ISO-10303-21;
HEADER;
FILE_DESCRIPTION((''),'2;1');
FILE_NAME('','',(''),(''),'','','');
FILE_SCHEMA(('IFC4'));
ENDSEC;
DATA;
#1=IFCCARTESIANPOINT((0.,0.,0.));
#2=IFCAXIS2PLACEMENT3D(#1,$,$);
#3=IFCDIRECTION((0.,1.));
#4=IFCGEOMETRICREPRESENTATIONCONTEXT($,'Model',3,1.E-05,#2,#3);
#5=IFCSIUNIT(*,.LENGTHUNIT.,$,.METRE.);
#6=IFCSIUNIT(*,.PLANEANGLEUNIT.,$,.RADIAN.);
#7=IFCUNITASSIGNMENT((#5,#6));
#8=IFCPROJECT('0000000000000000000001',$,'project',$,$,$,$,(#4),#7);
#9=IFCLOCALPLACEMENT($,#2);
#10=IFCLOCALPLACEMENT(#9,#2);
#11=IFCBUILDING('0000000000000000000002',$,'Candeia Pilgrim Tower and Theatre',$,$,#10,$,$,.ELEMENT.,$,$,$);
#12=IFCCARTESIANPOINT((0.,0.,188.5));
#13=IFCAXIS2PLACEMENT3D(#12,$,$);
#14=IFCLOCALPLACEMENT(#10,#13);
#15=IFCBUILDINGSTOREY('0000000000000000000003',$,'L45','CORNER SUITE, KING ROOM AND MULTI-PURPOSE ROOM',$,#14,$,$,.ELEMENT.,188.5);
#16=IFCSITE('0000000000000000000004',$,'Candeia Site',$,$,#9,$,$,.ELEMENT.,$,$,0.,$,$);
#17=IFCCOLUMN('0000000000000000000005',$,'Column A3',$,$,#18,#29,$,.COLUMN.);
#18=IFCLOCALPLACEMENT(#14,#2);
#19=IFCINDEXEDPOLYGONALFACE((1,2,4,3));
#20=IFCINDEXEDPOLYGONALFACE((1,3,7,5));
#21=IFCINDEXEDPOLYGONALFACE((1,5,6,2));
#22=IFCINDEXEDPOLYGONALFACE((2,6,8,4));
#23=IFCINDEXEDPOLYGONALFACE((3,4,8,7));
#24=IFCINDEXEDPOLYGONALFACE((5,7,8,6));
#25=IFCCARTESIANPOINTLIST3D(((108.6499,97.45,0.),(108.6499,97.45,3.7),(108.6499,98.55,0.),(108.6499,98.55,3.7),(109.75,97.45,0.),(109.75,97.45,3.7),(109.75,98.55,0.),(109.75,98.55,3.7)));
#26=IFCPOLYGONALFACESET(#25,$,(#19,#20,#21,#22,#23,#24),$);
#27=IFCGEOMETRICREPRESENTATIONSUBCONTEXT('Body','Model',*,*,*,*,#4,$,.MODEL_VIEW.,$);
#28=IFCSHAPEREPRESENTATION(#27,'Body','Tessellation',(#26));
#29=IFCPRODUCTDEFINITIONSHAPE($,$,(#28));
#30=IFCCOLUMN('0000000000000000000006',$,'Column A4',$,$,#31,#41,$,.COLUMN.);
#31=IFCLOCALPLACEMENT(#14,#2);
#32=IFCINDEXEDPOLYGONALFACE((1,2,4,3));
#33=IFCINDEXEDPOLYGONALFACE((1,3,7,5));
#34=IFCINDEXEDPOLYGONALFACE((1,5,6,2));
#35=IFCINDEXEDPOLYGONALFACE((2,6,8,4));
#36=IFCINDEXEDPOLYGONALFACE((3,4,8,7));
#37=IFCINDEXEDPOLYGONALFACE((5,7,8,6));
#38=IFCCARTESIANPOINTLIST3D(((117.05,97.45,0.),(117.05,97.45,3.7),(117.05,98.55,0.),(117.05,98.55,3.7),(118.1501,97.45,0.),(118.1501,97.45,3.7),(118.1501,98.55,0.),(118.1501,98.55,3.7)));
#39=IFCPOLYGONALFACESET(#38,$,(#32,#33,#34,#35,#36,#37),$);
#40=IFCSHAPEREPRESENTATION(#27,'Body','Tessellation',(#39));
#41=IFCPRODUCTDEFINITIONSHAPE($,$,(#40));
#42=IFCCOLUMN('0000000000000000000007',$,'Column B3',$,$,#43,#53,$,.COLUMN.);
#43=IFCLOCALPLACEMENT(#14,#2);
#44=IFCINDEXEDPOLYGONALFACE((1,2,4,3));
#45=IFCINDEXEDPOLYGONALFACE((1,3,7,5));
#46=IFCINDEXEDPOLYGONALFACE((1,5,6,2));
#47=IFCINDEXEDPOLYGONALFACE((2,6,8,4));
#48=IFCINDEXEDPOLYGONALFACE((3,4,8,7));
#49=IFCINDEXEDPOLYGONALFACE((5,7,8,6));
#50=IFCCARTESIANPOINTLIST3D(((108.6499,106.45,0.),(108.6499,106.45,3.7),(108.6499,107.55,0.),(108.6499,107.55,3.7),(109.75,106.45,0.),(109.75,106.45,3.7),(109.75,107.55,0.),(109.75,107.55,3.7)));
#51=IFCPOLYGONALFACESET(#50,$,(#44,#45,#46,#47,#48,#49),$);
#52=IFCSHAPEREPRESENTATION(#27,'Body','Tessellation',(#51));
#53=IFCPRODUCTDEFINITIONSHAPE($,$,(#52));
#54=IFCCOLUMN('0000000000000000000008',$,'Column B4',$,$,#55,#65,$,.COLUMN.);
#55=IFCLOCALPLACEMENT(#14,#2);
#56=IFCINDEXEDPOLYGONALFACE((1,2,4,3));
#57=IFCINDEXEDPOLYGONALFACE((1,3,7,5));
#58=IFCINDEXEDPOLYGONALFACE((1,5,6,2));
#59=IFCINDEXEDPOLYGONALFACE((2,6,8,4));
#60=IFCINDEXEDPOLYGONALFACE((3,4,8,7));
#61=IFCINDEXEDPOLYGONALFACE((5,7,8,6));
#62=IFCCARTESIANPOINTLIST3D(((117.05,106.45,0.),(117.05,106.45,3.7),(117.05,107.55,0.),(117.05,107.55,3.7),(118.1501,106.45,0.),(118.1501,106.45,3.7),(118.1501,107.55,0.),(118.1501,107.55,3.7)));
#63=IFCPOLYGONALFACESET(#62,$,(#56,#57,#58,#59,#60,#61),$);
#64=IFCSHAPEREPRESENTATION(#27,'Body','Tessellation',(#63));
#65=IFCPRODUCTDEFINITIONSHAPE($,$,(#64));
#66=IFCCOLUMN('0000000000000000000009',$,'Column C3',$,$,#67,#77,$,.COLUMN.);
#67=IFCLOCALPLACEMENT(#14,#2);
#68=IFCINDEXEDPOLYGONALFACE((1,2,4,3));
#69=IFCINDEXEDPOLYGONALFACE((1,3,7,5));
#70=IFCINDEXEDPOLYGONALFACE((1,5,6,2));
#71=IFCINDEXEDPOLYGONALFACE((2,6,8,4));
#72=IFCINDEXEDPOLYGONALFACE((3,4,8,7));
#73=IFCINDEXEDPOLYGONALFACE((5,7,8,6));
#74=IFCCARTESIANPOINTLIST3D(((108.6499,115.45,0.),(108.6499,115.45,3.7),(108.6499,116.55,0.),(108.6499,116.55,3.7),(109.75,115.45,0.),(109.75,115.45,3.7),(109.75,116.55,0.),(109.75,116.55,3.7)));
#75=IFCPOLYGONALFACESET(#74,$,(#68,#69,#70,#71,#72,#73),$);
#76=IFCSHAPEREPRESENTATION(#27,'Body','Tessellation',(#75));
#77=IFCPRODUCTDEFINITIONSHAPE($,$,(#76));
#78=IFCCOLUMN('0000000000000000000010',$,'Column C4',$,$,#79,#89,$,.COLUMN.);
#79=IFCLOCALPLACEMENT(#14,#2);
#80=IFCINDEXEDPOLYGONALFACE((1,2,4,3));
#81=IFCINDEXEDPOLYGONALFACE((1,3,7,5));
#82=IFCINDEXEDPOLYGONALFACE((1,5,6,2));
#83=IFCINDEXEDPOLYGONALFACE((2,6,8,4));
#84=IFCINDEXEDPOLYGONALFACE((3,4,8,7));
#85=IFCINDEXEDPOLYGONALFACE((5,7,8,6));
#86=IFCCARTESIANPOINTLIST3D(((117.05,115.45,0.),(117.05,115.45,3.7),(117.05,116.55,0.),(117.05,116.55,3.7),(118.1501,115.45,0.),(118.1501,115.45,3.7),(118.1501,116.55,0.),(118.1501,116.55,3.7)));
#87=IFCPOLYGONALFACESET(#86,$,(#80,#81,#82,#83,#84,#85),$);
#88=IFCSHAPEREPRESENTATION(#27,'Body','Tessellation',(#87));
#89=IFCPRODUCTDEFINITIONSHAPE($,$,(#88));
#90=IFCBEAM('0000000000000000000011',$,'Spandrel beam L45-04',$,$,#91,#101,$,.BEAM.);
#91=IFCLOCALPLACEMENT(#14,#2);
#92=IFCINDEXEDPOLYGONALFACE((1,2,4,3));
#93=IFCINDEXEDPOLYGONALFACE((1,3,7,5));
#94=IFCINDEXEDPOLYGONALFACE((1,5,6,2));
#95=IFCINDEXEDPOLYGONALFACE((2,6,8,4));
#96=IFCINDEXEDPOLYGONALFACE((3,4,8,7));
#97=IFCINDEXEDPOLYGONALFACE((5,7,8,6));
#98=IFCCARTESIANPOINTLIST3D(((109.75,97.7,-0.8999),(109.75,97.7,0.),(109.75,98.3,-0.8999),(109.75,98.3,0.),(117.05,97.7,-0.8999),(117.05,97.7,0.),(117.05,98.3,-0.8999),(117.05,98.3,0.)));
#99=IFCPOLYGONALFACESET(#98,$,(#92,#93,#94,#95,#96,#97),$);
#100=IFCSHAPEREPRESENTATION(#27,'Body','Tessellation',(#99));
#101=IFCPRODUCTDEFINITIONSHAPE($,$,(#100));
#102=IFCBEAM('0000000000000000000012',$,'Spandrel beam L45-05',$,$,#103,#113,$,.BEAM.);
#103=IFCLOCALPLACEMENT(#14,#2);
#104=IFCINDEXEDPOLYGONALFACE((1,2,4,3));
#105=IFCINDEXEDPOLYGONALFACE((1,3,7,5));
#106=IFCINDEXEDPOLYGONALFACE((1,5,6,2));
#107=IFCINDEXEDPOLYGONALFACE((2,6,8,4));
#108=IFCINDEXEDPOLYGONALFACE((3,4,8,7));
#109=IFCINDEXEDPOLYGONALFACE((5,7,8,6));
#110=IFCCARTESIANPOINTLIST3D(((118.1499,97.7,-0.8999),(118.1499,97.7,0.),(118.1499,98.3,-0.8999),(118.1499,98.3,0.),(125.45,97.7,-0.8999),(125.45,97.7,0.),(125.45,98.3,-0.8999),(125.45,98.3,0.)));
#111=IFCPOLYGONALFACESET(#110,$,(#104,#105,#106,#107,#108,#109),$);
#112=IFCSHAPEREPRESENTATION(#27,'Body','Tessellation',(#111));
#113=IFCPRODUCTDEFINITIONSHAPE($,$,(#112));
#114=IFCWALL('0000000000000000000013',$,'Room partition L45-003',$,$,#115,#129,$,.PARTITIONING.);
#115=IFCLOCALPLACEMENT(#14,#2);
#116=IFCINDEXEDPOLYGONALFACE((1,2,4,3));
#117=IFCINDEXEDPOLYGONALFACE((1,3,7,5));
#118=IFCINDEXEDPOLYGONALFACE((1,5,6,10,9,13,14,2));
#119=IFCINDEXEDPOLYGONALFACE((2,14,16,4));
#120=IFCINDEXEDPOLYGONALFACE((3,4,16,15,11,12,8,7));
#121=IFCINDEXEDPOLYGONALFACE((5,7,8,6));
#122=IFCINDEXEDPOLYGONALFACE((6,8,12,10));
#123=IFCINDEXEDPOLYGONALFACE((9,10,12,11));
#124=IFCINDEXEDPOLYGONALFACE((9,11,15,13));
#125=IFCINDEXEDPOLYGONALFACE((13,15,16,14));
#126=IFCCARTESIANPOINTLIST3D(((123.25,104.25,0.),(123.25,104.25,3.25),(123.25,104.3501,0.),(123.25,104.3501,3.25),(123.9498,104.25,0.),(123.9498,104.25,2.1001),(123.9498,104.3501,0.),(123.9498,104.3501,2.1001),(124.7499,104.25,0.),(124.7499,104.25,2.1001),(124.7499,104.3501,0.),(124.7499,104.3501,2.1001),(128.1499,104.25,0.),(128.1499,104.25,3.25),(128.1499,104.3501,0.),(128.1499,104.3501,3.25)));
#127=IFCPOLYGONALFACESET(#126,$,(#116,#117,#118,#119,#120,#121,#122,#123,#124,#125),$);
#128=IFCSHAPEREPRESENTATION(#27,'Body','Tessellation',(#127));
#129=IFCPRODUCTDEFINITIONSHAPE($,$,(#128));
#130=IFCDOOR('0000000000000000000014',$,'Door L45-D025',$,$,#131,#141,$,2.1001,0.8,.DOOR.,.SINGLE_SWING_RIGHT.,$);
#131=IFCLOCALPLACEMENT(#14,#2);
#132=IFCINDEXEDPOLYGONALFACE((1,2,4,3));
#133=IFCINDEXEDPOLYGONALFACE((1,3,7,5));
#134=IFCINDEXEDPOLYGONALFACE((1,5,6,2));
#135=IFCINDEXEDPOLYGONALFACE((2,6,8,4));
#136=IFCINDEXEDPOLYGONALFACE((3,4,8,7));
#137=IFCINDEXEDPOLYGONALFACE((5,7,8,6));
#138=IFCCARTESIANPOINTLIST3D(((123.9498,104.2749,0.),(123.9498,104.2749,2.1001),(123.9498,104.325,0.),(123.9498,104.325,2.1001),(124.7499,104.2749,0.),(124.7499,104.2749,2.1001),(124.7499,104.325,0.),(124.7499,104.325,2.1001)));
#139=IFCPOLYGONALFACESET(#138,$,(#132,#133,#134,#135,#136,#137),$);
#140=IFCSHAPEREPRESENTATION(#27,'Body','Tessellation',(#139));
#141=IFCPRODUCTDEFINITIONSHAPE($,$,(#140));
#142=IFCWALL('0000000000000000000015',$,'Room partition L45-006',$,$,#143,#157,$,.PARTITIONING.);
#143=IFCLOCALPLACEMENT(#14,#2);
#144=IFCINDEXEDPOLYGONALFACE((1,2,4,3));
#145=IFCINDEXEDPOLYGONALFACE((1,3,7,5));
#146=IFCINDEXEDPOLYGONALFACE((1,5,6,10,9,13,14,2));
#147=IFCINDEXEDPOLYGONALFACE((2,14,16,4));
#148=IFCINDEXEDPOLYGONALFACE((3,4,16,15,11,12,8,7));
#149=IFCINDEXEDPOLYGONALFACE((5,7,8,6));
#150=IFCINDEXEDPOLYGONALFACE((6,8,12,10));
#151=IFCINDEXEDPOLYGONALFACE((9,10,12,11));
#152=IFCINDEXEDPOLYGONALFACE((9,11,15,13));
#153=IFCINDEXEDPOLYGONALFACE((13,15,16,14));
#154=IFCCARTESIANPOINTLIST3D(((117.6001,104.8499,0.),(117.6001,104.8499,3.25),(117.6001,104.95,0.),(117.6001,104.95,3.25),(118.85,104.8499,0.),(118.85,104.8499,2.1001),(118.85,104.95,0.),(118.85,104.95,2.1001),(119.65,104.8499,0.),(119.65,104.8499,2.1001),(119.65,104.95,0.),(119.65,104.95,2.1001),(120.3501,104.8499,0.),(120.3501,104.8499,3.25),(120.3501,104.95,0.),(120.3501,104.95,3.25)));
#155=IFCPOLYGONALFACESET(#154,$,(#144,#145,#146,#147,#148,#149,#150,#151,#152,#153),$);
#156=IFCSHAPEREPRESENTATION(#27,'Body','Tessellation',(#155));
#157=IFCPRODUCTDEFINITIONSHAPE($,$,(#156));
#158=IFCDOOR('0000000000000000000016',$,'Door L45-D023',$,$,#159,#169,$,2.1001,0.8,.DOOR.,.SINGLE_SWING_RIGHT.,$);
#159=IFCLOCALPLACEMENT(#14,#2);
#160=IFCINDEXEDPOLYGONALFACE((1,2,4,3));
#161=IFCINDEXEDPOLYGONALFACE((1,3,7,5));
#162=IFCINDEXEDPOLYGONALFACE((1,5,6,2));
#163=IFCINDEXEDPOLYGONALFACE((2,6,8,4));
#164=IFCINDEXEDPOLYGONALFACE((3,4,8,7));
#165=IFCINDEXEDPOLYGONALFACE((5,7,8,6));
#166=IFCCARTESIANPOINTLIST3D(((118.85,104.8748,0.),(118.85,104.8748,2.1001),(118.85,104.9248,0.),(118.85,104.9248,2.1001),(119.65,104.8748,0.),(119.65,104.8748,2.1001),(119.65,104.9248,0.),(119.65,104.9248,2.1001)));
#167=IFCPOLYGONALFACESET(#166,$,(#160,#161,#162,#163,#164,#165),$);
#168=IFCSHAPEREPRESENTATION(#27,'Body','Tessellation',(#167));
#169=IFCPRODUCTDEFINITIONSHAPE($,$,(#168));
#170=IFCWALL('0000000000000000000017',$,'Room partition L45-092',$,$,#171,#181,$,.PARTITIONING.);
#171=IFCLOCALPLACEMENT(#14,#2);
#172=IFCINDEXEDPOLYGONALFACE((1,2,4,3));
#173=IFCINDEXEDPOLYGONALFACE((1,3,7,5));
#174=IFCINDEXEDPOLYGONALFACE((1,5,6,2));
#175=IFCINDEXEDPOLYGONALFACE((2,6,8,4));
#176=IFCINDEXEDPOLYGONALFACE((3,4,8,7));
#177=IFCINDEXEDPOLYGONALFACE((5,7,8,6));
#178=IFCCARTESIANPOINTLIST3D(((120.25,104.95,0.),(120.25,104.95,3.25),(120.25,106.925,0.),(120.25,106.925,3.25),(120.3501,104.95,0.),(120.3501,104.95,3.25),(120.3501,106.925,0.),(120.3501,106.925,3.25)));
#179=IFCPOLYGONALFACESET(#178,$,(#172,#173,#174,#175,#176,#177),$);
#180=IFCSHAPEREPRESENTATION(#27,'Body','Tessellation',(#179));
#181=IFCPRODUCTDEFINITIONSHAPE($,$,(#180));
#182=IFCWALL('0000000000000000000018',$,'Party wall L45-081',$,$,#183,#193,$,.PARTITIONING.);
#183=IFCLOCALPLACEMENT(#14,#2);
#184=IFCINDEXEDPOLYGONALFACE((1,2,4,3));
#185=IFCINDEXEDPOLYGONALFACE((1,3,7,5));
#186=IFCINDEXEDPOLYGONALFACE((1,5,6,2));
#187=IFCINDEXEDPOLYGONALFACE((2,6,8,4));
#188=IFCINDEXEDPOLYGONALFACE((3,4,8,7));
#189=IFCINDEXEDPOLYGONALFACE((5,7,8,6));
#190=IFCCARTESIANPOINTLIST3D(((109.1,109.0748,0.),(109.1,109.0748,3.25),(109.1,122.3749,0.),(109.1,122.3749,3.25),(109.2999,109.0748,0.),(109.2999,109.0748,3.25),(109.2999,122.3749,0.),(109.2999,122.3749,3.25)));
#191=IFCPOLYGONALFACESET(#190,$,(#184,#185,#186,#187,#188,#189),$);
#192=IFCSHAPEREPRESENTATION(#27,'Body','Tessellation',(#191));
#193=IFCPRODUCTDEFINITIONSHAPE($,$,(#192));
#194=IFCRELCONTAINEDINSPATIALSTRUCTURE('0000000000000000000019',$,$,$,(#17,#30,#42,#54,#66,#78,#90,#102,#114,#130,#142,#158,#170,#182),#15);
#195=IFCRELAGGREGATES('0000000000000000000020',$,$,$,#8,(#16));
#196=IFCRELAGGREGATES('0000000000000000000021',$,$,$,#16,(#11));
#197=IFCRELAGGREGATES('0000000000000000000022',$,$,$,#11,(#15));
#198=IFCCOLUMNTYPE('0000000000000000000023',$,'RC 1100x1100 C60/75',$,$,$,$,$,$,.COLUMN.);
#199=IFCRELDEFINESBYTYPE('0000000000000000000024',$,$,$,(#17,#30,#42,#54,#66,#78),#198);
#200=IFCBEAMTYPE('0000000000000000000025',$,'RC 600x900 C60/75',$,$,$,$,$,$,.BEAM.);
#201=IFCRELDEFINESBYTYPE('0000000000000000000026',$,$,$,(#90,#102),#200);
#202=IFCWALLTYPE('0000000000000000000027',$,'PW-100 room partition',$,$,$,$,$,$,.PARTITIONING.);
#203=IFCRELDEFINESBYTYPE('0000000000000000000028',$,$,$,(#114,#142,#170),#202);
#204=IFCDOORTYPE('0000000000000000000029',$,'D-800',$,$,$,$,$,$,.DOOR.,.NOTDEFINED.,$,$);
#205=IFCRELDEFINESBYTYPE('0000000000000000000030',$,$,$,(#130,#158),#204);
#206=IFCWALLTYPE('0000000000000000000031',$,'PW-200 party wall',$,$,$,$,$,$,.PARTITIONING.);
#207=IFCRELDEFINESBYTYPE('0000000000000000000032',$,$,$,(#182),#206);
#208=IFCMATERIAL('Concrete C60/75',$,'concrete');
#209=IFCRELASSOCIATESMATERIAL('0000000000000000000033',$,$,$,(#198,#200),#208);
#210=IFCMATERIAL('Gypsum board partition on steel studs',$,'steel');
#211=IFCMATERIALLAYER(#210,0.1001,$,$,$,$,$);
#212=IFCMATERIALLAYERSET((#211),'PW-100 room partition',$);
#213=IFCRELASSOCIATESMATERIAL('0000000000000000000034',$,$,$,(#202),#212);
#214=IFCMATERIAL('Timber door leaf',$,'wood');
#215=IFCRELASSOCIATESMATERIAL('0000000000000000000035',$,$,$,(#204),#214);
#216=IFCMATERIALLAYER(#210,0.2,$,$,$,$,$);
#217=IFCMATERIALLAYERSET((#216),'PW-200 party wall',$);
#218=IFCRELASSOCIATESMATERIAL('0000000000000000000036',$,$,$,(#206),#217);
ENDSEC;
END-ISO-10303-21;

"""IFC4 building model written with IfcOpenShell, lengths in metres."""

from ifc_helpers import new_model, si_unit, direction, frame, frame_2d, origin, origin_2d, place, context, subcontext, project, spatial, rectangle, extrude, material, layer, layer_set, material_profile, profile_set, type_object, element, fill, save


model = new_model("IFC4")

# Units and contexts
model_context = context("Model", 3, precision=1e-05, world=origin(), true_north=direction((0.0, 1.0)))
body_context = subcontext(model_context, "Body", "Model", "MODEL_VIEW")
ifc_project = project(units=[si_unit("LENGTHUNIT", "METRE"), si_unit("PLANEANGLEUNIT", "RADIAN")], contexts=[model_context])

# Site, building, storey
site_placement = place(None, origin())
site = spatial("IfcSite", under=ifc_project, at=site_placement, Name="Candeia Site", CompositionType="ELEMENT", RefElevation=0.0)
building_placement = place(site_placement, origin())
building = spatial("IfcBuilding", under=site, at=building_placement, Name="Candeia Pilgrim Tower and Theatre", CompositionType="ELEMENT")
storey_placement = place(building_placement, frame((0.0, 0.0, 188.5)))
storey = spatial("IfcBuildingStorey", under=building, at=storey_placement, Name="L45", Description="CORNER SUITE, KING ROOM AND MULTI-PURPOSE ROOM", CompositionType="ELEMENT", Elevation=188.5)

# Columns
ifc_material_1 = material(Name="Concrete C60/75", Category="concrete")
ifc_material_profile_1 = material_profile(ifc_material_1, rectangle(XDim=1.1001, YDim=1.1001, at=origin_2d()))
ifc_profile_set_1 = profile_set([ifc_material_profile_1], Name="Concrete C60/75")
column_type = type_object("IfcColumnType", Name="RC 1100x1100 C60/75", PredefinedType="COLUMN", material=ifc_profile_set_1)
for number, where, z_axis, x_axis, name in (
    (1, (109.2, 98.0, 0.0), (0.0, 0.0, 1.0), (1.0, 0.0, 0.0), "Column A3"),
    (2, (117.6001, 98.0, 0.0), (0.0, 0.0, 1.0), (1.0, 0.0, 0.0), "Column A4"),
    (3, (109.2, 107.0, 0.0), (0.0, 0.0, 1.0), (1.0, 0.0, 0.0), "Column B3"),
    (4, (117.6001, 107.0, 0.0), (0.0, 0.0, 1.0), (1.0, 0.0, 0.0), "Column B4"),
    (5, (109.2, 116.0, 0.0), (0.0, 0.0, 1.0), (1.0, 0.0, 0.0), "Column C3"),
    (6, (117.6001, 116.0, 0.0), (0.0, 0.0, 1.0), (1.0, 0.0, 0.0), "Column C4"),
):
    element("IfcColumn", number, at=place(storey_placement, frame(where, z_axis=z_axis, x_axis=x_axis)), inside=storey, type_object=column_type, Name=name, PredefinedType="COLUMN", context=body_context, shape_type="SweptSolid", body=[
        extrude(rectangle(XDim=1.1001, YDim=1.1001, at=origin_2d()), origin(), (0.0, 0.0, 1.0), 3.7),
    ])

# Beams
ifc_material_profile_2 = material_profile(ifc_material_1, rectangle(XDim=0.6001, YDim=0.8999, at=origin_2d()))
ifc_profile_set_2 = profile_set([ifc_material_profile_2], Name="Concrete C60/75")
beam_type = type_object("IfcBeamType", Name="RC 600x900 C60/75", PredefinedType="BEAM", material=ifc_profile_set_2)
for number, where, z_axis, x_axis, name in (
    (7, (109.75, 98.0, -0.45), (1.0, 0.0, 0.0), (0.0, 1.0, 0.0), "Spandrel beam L45-04"),
    (8, (118.1499, 98.0, -0.45), (1.0, 0.0, 0.0), (0.0, 1.0, 0.0), "Spandrel beam L45-05"),
):
    element("IfcBeam", number, at=place(storey_placement, frame(where, z_axis=z_axis, x_axis=x_axis)), inside=storey, type_object=beam_type, Name=name, PredefinedType="BEAM", context=body_context, shape_type="SweptSolid", body=[
        extrude(rectangle(XDim=0.6001, YDim=0.8999, at=origin_2d()), origin(), (0.0, 0.0, 1.0), 7.3),
    ])

# Walls, openings, doors
ifc_material_2 = material(Name="Gypsum board partition on steel studs", Category="steel")
ifc_layer_1 = layer(ifc_material_2, 0.1001)
ifc_layer_set_1 = layer_set([ifc_layer_1], Name="PW-100 room partition")
wall_type_1 = type_object("IfcWallType", Name="PW-100 room partition", PredefinedType="PARTITIONING", material=ifc_layer_set_1)
wall_1_placement = place(storey_placement, frame((123.25, 104.3, 0.0), z_axis=(0.0, 0.0, 1.0), x_axis=(1.0, 0.0, 0.0)))
wall_1 = element("IfcWall", 9, at=wall_1_placement, inside=storey, type_object=wall_type_1, Name="Room partition L45-003", PredefinedType="PARTITIONING", context=body_context, shape_type="SweptSolid", body=[
    extrude(rectangle(XDim=4.8999, YDim=0.1001, at=frame_2d((2.45, 0.0))), origin(), (0.0, 0.0, 1.0), 3.25),
])
opening_1_placement = place(wall_1_placement, frame((0.7, 0.0, 0.0)))
opening_1 = element("IfcOpeningElement", 10, at=opening_1_placement, cuts=wall_1, PredefinedType="OPENING", context=body_context, shape_type="SweptSolid", body=[
    extrude(rectangle(XDim=0.8, YDim=2.1001, at=frame_2d((0.3999, 1.05))), frame((0.0, 0.0601, 0.0), z_axis=(0.0, -1.0, 0.0), x_axis=(1.0, 0.0, 0.0)), (0.0, 0.0, 1.0), 0.1201),
])
ifc_material_3 = material(Name="Timber door leaf", Category="wood")
door_type = type_object("IfcDoorType", Name="D-800", OperationType="NOTDEFINED", PredefinedType="DOOR", material=ifc_material_3)
door_1_placement = place(opening_1_placement, origin())
door_1 = element("IfcDoor", 11, at=door_1_placement, inside=storey, type_object=door_type, Name="Door L45-D025", OperationType="SINGLE_SWING_RIGHT", OverallHeight=2.1001, OverallWidth=0.8, PredefinedType="DOOR", context=body_context, shape_type="SweptSolid", body=[
    extrude(rectangle(XDim=0.8, YDim=2.1001, at=frame_2d((0.3999, 1.05))), frame((0.0, 0.0249, 0.0), z_axis=(0.0, -1.0, 0.0), x_axis=(1.0, 0.0, 0.0)), (0.0, 0.0, 1.0), 0.05),
])
fill(opening_1, door_1)
wall_2_placement = place(storey_placement, frame((117.6001, 104.8999, 0.0), z_axis=(0.0, 0.0, 1.0), x_axis=(1.0, 0.0, 0.0)))
wall_2 = element("IfcWall", 12, at=wall_2_placement, inside=storey, type_object=wall_type_1, Name="Room partition L45-006", PredefinedType="PARTITIONING", context=body_context, shape_type="SweptSolid", body=[
    extrude(rectangle(XDim=2.75, YDim=0.1001, at=frame_2d((1.375, 0.0))), origin(), (0.0, 0.0, 1.0), 3.25),
])
opening_2_placement = place(wall_2_placement, frame((1.25, 0.0, 0.0)))
opening_2 = element("IfcOpeningElement", 13, at=opening_2_placement, cuts=wall_2, PredefinedType="OPENING", context=body_context, shape_type="SweptSolid", body=[
    extrude(rectangle(XDim=0.8, YDim=2.1001, at=frame_2d((0.3999, 1.05))), frame((0.0, 0.0601, 0.0), z_axis=(0.0, -1.0, 0.0), x_axis=(1.0, 0.0, 0.0)), (0.0, 0.0, 1.0), 0.1201),
])
door_2_placement = place(opening_2_placement, origin())
door_2 = element("IfcDoor", 14, at=door_2_placement, inside=storey, type_object=door_type, Name="Door L45-D023", OperationType="SINGLE_SWING_RIGHT", OverallHeight=2.1001, OverallWidth=0.8, PredefinedType="DOOR", context=body_context, shape_type="SweptSolid", body=[
    extrude(rectangle(XDim=0.8, YDim=2.1001, at=frame_2d((0.3999, 1.05))), frame((0.0, 0.0249, 0.0), z_axis=(0.0, -1.0, 0.0), x_axis=(1.0, 0.0, 0.0)), (0.0, 0.0, 1.0), 0.05),
])
fill(opening_2, door_2)

# Walls
wall_3_placement = place(storey_placement, frame((120.3, 104.95, 0.0), z_axis=(0.0, 0.0, 1.0), x_axis=(0.0, 1.0, 0.0)))
element("IfcWall", 15, at=wall_3_placement, inside=storey, type_object=wall_type_1, Name="Room partition L45-092", PredefinedType="PARTITIONING", context=body_context, shape_type="SweptSolid", body=[
    extrude(rectangle(XDim=1.9751, YDim=0.1001, at=frame_2d((0.9875, 0.0))), origin(), (0.0, 0.0, 1.0), 3.25),
])
ifc_layer_2 = layer(ifc_material_2, 0.2)
ifc_layer_set_2 = layer_set([ifc_layer_2], Name="PW-200 party wall")
wall_type_2 = type_object("IfcWallType", Name="PW-200 party wall", PredefinedType="PARTITIONING", material=ifc_layer_set_2)
wall_4_placement = place(storey_placement, frame((109.2, 109.075, 0.0), z_axis=(0.0, 0.0, 1.0), x_axis=(0.0, 1.0, 0.0)))
element("IfcWall", 16, at=wall_4_placement, inside=storey, type_object=wall_type_2, Name="Party wall L45-081", PredefinedType="PARTITIONING", context=body_context, shape_type="SweptSolid", body=[
    extrude(rectangle(XDim=13.3, YDim=0.2, at=frame_2d((6.6499, 0.0))), origin(), (0.0, 0.0, 1.0), 3.25),
])

save(model, "model.ifc")
